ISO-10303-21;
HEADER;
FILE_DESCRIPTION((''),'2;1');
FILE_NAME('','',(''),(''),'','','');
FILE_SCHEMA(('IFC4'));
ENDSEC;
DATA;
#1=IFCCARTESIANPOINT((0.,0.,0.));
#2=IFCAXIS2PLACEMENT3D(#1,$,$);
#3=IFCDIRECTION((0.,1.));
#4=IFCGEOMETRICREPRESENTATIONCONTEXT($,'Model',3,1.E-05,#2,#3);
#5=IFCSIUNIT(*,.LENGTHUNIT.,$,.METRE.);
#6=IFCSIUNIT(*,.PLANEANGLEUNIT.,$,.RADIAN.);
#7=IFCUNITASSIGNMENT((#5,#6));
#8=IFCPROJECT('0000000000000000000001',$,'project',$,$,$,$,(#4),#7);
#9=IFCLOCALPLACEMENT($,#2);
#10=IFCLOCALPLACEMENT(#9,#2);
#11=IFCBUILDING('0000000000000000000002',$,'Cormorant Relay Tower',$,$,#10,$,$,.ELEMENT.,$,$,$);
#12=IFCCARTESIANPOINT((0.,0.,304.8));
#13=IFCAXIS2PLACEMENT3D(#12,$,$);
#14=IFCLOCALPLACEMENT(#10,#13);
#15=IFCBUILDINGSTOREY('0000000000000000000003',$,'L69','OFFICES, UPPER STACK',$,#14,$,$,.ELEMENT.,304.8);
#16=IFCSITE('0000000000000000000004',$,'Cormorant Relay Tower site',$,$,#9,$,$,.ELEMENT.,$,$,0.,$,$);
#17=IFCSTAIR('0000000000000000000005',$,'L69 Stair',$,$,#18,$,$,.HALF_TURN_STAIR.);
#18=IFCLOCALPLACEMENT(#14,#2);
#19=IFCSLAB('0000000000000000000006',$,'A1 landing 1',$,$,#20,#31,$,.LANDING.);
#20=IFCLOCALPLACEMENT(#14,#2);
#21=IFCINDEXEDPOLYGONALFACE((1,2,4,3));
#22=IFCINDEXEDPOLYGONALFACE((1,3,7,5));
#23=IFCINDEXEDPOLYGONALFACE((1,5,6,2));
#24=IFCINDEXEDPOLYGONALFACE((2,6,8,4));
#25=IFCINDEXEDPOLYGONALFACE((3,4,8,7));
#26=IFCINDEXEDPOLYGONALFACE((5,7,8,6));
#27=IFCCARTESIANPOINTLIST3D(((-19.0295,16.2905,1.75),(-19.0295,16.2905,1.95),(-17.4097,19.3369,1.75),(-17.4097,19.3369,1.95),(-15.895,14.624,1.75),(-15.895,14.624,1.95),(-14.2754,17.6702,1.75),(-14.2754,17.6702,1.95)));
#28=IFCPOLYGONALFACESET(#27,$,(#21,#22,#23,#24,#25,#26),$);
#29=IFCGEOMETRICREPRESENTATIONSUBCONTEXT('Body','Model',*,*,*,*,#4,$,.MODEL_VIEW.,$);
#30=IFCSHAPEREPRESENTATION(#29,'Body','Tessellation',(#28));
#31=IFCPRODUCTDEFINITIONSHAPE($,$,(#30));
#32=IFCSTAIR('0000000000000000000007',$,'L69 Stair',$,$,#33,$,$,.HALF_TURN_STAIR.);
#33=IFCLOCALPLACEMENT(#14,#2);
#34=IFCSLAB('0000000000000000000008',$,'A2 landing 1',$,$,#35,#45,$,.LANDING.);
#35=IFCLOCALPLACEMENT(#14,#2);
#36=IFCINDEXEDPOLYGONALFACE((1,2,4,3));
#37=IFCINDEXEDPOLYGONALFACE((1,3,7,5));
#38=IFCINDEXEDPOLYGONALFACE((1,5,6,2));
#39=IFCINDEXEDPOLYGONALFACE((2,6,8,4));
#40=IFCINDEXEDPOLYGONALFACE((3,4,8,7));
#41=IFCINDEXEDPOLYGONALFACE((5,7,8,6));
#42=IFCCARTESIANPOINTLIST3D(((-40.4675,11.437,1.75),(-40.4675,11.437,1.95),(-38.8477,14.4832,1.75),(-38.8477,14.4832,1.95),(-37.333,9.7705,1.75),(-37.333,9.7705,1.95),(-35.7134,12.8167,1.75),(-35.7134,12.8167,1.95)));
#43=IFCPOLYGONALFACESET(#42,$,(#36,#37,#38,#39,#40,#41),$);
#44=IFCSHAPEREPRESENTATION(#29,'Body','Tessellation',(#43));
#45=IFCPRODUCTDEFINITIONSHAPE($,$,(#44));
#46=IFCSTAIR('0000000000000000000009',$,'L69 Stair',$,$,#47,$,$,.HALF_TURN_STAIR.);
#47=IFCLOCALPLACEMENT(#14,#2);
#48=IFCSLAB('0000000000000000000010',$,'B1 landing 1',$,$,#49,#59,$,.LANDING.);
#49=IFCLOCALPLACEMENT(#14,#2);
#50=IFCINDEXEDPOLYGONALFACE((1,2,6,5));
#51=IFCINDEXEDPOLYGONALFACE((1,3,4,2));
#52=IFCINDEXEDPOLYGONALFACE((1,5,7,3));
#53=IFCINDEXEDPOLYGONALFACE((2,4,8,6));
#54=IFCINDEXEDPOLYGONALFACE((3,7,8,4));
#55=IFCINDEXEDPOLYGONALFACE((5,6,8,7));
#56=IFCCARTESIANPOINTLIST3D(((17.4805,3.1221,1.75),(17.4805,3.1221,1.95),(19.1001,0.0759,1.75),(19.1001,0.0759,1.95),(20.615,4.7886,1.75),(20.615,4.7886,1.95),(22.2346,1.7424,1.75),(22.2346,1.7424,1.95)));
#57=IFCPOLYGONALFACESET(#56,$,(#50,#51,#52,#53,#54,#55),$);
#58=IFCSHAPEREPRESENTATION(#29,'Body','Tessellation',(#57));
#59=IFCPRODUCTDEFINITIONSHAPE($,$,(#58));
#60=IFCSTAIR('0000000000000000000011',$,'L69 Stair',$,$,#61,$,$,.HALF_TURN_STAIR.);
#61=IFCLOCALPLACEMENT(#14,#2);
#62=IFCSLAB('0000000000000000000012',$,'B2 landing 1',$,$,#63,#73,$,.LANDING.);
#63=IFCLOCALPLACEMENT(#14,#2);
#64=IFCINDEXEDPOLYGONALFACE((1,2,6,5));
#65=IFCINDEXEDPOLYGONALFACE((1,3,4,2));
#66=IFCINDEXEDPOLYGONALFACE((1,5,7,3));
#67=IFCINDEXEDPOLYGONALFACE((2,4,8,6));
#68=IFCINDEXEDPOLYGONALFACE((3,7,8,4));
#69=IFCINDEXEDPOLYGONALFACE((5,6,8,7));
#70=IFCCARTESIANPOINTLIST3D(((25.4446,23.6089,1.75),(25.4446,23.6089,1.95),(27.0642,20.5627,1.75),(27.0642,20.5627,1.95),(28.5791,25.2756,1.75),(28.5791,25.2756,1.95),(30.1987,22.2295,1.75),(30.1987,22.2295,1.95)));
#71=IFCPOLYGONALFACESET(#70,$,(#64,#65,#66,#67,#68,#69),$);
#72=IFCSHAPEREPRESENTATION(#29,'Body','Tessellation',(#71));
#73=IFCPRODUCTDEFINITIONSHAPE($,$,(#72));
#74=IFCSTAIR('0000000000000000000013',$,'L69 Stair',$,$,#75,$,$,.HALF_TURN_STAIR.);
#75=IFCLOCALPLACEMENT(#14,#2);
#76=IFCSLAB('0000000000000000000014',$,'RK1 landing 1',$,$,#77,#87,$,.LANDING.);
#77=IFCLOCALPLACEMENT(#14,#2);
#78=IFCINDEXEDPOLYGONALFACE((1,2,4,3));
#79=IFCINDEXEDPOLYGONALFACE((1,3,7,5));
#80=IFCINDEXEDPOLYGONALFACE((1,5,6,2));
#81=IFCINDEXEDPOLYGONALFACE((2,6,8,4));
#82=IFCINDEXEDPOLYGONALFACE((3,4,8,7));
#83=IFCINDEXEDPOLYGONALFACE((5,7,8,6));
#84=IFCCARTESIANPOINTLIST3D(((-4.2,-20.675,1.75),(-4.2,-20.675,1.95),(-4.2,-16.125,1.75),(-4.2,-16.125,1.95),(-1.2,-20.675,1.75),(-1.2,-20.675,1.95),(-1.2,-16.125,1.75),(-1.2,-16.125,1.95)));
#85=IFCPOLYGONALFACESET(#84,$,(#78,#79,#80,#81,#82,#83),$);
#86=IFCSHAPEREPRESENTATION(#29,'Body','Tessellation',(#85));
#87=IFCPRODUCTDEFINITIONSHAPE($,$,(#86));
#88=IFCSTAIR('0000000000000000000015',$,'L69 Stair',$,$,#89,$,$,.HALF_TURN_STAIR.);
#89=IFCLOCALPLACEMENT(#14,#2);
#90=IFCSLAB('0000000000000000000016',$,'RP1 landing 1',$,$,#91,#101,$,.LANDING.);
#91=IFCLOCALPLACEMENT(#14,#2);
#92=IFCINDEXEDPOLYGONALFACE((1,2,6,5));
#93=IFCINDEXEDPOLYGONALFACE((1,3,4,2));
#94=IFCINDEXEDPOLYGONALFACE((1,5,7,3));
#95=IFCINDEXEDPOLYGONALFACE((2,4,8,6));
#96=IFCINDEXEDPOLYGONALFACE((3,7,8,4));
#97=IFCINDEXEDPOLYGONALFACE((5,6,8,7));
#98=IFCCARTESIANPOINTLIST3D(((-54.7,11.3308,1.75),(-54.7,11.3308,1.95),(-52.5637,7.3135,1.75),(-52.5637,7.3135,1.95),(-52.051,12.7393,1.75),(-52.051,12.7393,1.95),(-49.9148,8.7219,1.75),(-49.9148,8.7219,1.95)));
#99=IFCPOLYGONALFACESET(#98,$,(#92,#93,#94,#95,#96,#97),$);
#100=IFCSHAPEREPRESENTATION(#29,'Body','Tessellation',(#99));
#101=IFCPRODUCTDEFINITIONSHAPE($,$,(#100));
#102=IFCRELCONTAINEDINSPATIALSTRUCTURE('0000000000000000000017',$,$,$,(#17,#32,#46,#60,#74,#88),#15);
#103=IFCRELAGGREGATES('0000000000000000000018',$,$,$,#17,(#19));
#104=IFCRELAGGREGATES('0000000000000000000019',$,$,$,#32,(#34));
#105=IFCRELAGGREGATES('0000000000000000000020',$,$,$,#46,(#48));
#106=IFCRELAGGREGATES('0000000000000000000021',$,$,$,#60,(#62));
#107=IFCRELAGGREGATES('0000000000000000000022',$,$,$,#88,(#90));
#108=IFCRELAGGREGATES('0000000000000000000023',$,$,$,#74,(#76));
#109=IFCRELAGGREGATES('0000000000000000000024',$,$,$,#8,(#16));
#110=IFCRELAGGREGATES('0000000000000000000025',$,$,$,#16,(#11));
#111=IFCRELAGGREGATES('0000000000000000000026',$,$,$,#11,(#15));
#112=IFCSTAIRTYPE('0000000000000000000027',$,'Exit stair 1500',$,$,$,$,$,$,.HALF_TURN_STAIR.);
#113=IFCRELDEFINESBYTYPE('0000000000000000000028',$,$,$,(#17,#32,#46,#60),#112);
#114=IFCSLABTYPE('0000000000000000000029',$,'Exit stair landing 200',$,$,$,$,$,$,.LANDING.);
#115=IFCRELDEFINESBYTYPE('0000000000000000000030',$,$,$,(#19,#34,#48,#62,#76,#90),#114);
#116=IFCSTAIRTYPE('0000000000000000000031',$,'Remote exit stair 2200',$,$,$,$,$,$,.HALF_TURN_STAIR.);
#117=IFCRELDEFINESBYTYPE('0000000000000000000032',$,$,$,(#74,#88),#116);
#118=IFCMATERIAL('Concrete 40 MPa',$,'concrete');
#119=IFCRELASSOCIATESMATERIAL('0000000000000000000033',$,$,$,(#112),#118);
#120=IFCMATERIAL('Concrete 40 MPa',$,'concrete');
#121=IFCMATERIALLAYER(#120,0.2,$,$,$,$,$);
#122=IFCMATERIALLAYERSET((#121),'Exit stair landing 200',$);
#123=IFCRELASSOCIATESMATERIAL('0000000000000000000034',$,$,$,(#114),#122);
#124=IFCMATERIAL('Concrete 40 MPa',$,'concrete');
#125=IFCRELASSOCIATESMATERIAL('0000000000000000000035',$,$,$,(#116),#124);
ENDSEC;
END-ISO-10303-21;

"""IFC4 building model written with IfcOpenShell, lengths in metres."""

from ifc_helpers import new_model, si_unit, direction, frame, origin, place, context, subcontext, project, spatial, polyline, outline, extrude, material, layer, layer_set, type_object, element, aggregate, save


model = new_model("IFC4")

# Units and contexts
model_context = context("Model", 3, precision=1e-05, world=origin(), true_north=direction((0.0, 1.0)))
body_context = subcontext(model_context, "Body", "Model", "MODEL_VIEW")
ifc_project = project(units=[si_unit("LENGTHUNIT", "METRE"), si_unit("PLANEANGLEUNIT", "RADIAN")], contexts=[model_context])

# Site, building, storey
site_placement = place(None, origin())
site = spatial("IfcSite", under=ifc_project, at=site_placement, Name="Cormorant Relay Tower site", CompositionType="ELEMENT", RefElevation=0.0)
building_placement = place(site_placement, origin())
building = spatial("IfcBuilding", under=site, at=building_placement, Name="Cormorant Relay Tower", CompositionType="ELEMENT")
storey_placement = place(building_placement, frame((0.0, 0.0, 304.8)))
storey = spatial("IfcBuildingStorey", under=building, at=storey_placement, Name="L69", Description="OFFICES, UPPER STACK", CompositionType="ELEMENT", Elevation=304.8)

# Stairs, slabs
ifc_material_1 = material(Name="Concrete 40 MPa", Category="concrete")
stair_type_1 = type_object("IfcStairType", Name="Exit stair 1500", PredefinedType="HALF_TURN_STAIR", material=ifc_material_1)
stair_1_placement = place(storey_placement, origin())
stair_1 = element("IfcStair", 1, at=stair_1_placement, inside=storey, type_object=stair_type_1, Name="L69 Stair", PredefinedType="HALF_TURN_STAIR")
ifc_material_2 = material(Name="Concrete 40 MPa", Category="concrete")
ifc_layer_1 = layer(ifc_material_2, 0.2)
ifc_layer_set_1 = layer_set([ifc_layer_1], Name="Exit stair landing 200")
slab_type_1 = type_object("IfcSlabType", Name="Exit stair landing 200", PredefinedType="LANDING", material=ifc_layer_set_1)
slab_1_placement = place(storey_placement, frame((0.0, 0.0, 1.75)))
slab_1 = element("IfcSlab", 2, at=slab_1_placement, type_object=slab_type_1, Name="A1 landing 1", PredefinedType="LANDING", context=body_context, shape_type="SweptSolid", body=[
    extrude(outline(polyline([(-19.0295, 16.2905), (-15.895, 14.624), (-14.2754, 17.6702), (-17.4097, 19.3369), (-19.0295, 16.2905)])), origin(), (0.0, 0.0, 1.0), 0.2),
])
aggregate(stair_1, [slab_1])
stair_2_placement = place(storey_placement, origin())
stair_2 = element("IfcStair", 3, at=stair_2_placement, inside=storey, type_object=stair_type_1, Name="L69 Stair", PredefinedType="HALF_TURN_STAIR")
slab_2_placement = place(storey_placement, frame((0.0, 0.0, 1.75)))
slab_2 = element("IfcSlab", 4, at=slab_2_placement, type_object=slab_type_1, Name="A2 landing 1", PredefinedType="LANDING", context=body_context, shape_type="SweptSolid", body=[
    extrude(outline(polyline([(-35.7134, 12.8167), (-38.8477, 14.4832), (-40.4675, 11.437), (-37.333, 9.7705), (-35.7134, 12.8167)])), origin(), (0.0, 0.0, 1.0), 0.2),
])
aggregate(stair_2, [slab_2])
stair_3_placement = place(storey_placement, origin())
stair_3 = element("IfcStair", 5, at=stair_3_placement, inside=storey, type_object=stair_type_1, Name="L69 Stair", PredefinedType="HALF_TURN_STAIR")
slab_3_placement = place(storey_placement, frame((0.0, 0.0, 1.75)))
slab_3 = element("IfcSlab", 6, at=slab_3_placement, type_object=slab_type_1, Name="B1 landing 1", PredefinedType="LANDING", context=body_context, shape_type="SweptSolid", body=[
    extrude(outline(polyline([(20.615, 4.7886), (17.4805, 3.1221), (19.1001, 0.0759), (22.2346, 1.7424), (20.615, 4.7886)])), origin(), (0.0, 0.0, 1.0), 0.2),
])
aggregate(stair_3, [slab_3])
stair_4_placement = place(storey_placement, origin())
stair_4 = element("IfcStair", 7, at=stair_4_placement, inside=storey, type_object=stair_type_1, Name="L69 Stair", PredefinedType="HALF_TURN_STAIR")
slab_4_placement = place(storey_placement, frame((0.0, 0.0, 1.75)))
slab_4 = element("IfcSlab", 8, at=slab_4_placement, type_object=slab_type_1, Name="B2 landing 1", PredefinedType="LANDING", context=body_context, shape_type="SweptSolid", body=[
    extrude(outline(polyline([(27.0642, 20.5627), (30.1987, 22.2295), (28.5791, 25.2756), (25.4446, 23.6089), (27.0642, 20.5627)])), origin(), (0.0, 0.0, 1.0), 0.2),
])
aggregate(stair_4, [slab_4])
ifc_material_3 = material(Name="Concrete 40 MPa", Category="concrete")
stair_type_2 = type_object("IfcStairType", Name="Remote exit stair 2200", PredefinedType="HALF_TURN_STAIR", material=ifc_material_3)
stair_5_placement = place(storey_placement, origin())
stair_5 = element("IfcStair", 9, at=stair_5_placement, inside=storey, type_object=stair_type_2, Name="L69 Stair", PredefinedType="HALF_TURN_STAIR")
slab_5_placement = place(storey_placement, frame((0.0, 0.0, 1.75)))
slab_5 = element("IfcSlab", 10, at=slab_5_placement, type_object=slab_type_1, Name="RK1 landing 1", PredefinedType="LANDING", context=body_context, shape_type="SweptSolid", body=[
    extrude(outline(polyline([(-1.2, -16.125), (-4.2, -16.125), (-4.2, -20.675), (-1.2, -20.675), (-1.2, -16.125)])), origin(), (0.0, 0.0, 1.0), 0.2),
])
stair_6_placement = place(storey_placement, origin())
stair_6 = element("IfcStair", 11, at=stair_6_placement, inside=storey, type_object=stair_type_2, Name="L69 Stair", PredefinedType="HALF_TURN_STAIR")
slab_6_placement = place(storey_placement, frame((0.0, 0.0, 1.75)))
slab_6 = element("IfcSlab", 12, at=slab_6_placement, type_object=slab_type_1, Name="RP1 landing 1", PredefinedType="LANDING", context=body_context, shape_type="SweptSolid", body=[
    extrude(outline(polyline([(-52.051, 12.7393), (-54.7, 11.3308), (-52.5637, 7.3135), (-49.9148, 8.7219), (-52.051, 12.7393)])), origin(), (0.0, 0.0, 1.0), 0.2),
])
aggregate(stair_6, [slab_6])

aggregate(stair_5, [slab_5])

save(model, "model.ifc")
